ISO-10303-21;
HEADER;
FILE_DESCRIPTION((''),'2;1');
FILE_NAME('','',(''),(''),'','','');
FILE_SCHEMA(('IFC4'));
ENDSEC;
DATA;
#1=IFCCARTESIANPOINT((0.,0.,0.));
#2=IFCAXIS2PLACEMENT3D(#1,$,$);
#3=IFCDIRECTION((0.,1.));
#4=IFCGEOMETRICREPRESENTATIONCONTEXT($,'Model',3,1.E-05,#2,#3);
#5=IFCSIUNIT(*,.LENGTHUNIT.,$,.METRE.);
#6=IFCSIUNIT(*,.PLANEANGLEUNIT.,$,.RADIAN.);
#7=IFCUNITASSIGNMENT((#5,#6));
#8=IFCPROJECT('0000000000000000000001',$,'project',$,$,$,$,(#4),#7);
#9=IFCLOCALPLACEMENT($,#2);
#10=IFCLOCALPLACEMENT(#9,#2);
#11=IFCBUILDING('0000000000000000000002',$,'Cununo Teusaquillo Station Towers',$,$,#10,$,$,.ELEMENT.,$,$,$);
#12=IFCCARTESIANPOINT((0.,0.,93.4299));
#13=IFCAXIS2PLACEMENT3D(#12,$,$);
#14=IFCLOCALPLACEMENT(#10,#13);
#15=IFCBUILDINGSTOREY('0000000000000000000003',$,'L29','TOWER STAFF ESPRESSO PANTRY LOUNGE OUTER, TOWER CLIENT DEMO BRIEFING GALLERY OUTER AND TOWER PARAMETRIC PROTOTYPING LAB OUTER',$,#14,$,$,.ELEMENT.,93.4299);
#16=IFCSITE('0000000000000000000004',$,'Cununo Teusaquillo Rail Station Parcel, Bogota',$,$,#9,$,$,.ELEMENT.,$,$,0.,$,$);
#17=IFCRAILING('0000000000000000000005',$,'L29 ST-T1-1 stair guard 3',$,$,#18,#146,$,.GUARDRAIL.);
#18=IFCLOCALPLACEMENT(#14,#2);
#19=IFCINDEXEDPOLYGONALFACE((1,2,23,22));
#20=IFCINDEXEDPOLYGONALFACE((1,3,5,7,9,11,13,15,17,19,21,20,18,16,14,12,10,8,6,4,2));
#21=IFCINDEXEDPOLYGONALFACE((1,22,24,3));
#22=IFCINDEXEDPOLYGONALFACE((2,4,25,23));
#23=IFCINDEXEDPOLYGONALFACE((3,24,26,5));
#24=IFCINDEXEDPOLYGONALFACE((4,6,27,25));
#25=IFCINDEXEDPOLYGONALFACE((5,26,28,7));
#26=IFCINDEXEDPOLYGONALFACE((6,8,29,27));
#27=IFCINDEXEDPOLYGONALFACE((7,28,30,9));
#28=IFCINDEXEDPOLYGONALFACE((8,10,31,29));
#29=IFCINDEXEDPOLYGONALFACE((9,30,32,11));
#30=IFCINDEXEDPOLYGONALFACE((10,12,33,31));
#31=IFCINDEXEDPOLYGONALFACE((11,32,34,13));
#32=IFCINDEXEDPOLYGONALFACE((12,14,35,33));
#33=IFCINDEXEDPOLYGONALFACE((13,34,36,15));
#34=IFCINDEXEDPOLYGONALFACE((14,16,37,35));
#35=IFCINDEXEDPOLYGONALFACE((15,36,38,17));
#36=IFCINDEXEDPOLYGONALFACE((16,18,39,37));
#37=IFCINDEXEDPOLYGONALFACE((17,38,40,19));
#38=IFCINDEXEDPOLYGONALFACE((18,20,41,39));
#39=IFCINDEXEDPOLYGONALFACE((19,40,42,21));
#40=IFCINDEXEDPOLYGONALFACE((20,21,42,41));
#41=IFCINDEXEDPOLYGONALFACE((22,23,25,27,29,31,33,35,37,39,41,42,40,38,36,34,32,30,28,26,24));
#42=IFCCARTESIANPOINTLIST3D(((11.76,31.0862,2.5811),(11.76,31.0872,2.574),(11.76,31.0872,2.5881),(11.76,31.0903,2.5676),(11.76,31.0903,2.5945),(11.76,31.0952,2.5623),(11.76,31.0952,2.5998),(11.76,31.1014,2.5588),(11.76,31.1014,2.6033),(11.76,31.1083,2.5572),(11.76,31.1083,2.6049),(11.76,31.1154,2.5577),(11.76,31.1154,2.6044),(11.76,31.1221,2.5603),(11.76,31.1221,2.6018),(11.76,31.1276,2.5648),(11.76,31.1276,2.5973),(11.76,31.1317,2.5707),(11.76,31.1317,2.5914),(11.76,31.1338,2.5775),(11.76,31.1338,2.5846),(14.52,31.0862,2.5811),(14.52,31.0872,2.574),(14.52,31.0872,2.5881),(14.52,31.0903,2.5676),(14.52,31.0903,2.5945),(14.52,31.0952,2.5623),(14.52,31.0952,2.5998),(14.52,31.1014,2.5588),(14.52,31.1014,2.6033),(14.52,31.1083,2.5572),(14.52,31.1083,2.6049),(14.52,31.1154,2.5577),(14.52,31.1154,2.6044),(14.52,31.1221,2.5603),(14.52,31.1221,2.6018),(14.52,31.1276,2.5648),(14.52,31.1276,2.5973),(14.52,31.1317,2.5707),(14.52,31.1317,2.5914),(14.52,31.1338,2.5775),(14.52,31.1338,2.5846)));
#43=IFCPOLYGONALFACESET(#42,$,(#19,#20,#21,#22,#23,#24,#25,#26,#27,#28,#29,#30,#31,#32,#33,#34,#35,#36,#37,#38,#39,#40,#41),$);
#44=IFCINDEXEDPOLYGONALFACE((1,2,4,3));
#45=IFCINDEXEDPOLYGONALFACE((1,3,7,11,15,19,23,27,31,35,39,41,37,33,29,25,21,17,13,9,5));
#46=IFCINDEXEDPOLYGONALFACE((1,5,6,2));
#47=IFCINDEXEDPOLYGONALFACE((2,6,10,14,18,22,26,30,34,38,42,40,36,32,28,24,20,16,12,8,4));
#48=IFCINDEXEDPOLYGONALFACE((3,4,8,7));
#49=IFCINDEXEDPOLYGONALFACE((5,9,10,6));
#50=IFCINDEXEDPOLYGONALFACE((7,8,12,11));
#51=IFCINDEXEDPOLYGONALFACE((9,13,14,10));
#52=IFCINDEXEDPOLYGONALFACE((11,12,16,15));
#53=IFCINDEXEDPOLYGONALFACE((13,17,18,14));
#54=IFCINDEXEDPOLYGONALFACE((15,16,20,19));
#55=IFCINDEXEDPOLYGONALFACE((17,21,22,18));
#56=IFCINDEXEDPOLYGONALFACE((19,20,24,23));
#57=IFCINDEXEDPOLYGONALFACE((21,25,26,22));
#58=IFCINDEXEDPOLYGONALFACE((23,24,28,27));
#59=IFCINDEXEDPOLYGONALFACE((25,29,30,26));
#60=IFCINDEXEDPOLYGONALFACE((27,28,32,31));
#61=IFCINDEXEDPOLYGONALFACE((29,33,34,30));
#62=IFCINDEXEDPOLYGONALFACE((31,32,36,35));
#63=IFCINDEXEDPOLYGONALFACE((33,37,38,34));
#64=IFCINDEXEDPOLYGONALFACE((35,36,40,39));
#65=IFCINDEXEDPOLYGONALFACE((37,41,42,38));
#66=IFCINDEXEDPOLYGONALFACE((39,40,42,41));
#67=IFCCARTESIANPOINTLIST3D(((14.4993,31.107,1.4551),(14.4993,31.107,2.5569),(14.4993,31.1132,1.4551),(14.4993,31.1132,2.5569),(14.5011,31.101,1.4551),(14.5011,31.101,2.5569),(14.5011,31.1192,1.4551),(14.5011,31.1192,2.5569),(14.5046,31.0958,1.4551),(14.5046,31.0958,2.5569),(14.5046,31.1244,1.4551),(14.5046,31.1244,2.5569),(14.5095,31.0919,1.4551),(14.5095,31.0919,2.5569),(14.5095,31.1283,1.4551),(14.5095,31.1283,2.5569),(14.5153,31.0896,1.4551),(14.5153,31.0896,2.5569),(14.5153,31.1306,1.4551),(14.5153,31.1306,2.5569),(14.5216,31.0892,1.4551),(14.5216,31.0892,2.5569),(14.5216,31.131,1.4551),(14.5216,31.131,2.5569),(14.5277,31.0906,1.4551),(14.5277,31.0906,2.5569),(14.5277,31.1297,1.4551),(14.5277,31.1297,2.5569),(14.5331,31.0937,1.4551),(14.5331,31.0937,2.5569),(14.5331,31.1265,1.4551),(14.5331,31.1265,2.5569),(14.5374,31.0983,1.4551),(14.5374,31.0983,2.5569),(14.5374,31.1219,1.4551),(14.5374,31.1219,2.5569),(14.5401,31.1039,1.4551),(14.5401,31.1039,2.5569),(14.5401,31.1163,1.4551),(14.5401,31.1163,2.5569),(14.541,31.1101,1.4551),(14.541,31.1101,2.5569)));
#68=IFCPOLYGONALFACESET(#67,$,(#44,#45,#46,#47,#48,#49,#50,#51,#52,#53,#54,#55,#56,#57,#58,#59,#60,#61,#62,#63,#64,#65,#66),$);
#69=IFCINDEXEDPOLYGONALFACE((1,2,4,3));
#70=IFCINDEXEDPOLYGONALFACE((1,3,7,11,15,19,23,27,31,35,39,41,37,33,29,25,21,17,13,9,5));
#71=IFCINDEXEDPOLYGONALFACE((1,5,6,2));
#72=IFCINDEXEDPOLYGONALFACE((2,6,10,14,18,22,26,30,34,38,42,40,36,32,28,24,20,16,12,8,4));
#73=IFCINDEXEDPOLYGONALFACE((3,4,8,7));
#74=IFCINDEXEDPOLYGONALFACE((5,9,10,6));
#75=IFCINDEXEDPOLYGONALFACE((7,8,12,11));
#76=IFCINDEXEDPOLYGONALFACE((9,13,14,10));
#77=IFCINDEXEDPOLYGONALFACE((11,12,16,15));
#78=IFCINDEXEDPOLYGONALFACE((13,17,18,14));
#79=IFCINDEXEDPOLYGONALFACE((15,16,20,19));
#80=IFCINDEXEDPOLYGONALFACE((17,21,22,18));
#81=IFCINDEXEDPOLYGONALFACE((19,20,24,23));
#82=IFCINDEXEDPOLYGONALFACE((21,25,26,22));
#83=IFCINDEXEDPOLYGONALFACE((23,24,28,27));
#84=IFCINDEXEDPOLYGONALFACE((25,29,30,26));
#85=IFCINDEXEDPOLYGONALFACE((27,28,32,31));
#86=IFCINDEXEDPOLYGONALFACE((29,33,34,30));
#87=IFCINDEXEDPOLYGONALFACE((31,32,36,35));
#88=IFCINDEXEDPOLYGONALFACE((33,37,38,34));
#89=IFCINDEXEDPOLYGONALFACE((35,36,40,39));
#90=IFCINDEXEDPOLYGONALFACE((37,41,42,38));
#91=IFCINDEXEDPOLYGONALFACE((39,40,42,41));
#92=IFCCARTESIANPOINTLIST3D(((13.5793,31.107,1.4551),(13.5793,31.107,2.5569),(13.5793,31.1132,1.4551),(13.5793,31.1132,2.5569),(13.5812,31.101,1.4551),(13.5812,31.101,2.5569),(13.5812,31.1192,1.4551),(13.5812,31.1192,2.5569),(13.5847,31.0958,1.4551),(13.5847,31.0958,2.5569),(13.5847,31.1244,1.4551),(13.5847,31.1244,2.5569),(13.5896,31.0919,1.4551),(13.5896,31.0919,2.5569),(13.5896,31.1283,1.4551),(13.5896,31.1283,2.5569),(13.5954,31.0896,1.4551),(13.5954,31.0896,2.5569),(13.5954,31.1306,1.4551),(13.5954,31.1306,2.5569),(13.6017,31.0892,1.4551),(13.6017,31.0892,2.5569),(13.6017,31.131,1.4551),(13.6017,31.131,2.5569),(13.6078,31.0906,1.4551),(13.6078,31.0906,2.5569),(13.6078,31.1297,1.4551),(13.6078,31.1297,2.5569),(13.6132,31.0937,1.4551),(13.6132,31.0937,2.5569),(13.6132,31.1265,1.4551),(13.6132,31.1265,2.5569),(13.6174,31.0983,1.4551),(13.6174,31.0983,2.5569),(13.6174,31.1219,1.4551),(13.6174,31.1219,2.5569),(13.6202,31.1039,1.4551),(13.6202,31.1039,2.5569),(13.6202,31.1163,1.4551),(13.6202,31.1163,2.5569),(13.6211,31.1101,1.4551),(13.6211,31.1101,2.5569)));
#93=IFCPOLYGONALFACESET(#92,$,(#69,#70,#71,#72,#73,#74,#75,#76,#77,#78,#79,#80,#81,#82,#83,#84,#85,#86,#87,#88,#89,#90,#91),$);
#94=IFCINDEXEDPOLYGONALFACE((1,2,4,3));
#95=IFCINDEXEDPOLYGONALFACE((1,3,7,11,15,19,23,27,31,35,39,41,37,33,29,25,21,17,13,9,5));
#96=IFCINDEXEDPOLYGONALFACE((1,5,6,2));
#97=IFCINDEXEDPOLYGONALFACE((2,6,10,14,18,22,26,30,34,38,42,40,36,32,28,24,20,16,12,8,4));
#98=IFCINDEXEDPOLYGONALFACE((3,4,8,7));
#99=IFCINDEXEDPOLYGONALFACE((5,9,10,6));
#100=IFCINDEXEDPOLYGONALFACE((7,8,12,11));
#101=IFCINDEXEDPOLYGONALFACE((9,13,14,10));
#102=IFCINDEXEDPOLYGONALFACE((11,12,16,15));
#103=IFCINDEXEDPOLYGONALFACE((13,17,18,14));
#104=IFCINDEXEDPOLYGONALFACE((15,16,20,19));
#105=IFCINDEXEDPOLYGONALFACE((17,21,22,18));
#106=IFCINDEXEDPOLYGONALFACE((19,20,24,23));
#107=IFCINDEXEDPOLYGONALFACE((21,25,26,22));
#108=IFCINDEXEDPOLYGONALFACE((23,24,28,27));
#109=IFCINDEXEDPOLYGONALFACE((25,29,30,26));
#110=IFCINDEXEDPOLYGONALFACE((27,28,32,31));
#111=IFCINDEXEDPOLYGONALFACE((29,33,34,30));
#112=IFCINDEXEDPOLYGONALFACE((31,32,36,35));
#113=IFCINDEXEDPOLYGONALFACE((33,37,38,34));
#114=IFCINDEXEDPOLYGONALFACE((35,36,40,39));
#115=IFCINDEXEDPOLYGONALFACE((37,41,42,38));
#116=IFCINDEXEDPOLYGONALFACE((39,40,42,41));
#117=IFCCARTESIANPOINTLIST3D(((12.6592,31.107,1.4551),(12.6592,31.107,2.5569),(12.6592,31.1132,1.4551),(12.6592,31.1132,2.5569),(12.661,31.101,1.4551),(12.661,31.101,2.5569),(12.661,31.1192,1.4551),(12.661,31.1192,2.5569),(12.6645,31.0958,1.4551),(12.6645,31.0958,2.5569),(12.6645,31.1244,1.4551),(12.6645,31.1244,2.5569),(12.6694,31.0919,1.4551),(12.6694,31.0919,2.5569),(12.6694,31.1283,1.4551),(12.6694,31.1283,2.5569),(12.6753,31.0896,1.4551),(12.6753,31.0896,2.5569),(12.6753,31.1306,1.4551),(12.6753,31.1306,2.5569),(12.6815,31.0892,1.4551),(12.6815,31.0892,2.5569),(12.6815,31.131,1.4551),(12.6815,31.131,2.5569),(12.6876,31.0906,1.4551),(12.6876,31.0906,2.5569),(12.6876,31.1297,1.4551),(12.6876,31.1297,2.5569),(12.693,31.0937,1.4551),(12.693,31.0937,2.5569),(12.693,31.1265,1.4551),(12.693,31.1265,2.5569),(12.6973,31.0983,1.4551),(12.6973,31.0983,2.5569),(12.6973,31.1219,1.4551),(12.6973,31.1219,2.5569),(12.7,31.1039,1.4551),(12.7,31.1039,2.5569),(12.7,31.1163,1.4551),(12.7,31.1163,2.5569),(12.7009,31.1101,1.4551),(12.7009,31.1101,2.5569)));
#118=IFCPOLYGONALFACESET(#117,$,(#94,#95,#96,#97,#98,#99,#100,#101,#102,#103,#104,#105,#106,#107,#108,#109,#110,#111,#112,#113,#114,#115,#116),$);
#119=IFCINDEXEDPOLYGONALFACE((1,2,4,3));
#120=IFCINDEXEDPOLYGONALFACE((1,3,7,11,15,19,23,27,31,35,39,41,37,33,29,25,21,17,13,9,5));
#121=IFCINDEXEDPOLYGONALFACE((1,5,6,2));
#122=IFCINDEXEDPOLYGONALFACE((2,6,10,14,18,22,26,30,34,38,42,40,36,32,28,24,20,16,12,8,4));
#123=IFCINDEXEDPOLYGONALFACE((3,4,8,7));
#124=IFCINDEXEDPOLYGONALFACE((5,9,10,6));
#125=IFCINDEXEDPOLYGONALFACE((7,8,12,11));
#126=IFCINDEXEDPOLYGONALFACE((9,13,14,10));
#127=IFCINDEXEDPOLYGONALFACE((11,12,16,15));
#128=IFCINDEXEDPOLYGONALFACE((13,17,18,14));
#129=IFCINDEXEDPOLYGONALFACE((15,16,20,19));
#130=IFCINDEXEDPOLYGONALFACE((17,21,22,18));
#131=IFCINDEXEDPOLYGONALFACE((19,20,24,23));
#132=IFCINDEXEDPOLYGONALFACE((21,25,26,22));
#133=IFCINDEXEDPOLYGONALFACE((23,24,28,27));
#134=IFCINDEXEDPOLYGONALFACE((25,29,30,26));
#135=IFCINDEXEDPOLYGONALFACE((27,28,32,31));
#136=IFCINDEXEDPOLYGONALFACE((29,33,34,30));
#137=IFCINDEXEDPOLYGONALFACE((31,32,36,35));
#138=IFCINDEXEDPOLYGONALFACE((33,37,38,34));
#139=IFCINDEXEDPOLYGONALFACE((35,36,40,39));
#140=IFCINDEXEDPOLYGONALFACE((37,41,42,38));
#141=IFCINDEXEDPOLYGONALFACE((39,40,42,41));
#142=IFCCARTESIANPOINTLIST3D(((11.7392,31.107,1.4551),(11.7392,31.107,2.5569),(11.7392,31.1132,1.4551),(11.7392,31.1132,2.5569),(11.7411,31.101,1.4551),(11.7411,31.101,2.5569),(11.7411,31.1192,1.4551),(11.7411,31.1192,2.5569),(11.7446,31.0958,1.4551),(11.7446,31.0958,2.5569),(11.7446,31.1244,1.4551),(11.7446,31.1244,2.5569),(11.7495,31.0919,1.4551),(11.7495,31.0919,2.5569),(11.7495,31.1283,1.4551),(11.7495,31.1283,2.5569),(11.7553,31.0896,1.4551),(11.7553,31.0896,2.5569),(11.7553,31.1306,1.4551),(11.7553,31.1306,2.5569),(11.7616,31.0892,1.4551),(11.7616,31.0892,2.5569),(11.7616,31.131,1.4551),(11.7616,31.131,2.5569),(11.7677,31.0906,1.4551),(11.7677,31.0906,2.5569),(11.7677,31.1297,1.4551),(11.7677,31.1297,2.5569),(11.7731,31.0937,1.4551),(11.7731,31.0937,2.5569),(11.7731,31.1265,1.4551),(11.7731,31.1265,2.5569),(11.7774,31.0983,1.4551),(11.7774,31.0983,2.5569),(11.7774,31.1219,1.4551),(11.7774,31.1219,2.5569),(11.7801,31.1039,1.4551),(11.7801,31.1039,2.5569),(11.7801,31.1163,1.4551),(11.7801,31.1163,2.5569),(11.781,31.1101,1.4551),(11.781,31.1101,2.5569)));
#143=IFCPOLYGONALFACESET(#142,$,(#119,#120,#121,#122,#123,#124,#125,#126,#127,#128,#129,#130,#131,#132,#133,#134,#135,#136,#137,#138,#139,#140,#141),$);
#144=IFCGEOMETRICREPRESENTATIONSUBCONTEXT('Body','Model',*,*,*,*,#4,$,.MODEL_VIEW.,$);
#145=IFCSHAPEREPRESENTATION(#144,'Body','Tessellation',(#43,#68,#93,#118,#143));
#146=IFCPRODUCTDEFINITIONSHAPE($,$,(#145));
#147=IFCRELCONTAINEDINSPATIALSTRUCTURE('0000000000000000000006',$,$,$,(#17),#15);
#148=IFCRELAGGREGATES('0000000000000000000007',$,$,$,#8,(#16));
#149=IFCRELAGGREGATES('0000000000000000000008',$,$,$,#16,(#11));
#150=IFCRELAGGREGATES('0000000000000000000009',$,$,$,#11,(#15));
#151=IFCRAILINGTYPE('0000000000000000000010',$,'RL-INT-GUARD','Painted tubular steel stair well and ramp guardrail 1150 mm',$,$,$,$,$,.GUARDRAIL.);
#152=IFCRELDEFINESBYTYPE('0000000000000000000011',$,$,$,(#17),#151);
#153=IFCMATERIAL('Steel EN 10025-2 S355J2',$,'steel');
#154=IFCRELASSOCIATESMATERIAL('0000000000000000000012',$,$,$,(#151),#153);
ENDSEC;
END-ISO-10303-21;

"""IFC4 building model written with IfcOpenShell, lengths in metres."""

from ifc_helpers import new_model, si_unit, direction, frame, origin, origin_2d, place, context, subcontext, project, spatial, circle, extrude, material, type_object, element, save


model = new_model("IFC4")

# Units and contexts
model_context = context("Model", 3, precision=1e-05, world=origin(), true_north=direction((0.0, 1.0)))
body_context = subcontext(model_context, "Body", "Model", "MODEL_VIEW")
ifc_project = project(units=[si_unit("LENGTHUNIT", "METRE"), si_unit("PLANEANGLEUNIT", "RADIAN")], contexts=[model_context])

# Site, building, storey
site_placement = place(None, origin())
site = spatial("IfcSite", under=ifc_project, at=site_placement, Name="Cununo Teusaquillo Rail Station Parcel, Bogota", CompositionType="ELEMENT", RefElevation=0.0)
building_placement = place(site_placement, origin())
building = spatial("IfcBuilding", under=site, at=building_placement, Name="Cununo Teusaquillo Station Towers", CompositionType="ELEMENT")
storey_placement = place(building_placement, frame((0.0, 0.0, 93.4299)))
storey = spatial("IfcBuildingStorey", under=building, at=storey_placement, Name="L29", Description="TOWER STAFF ESPRESSO PANTRY LOUNGE OUTER, TOWER CLIENT DEMO BRIEFING GALLERY OUTER AND TOWER PARAMETRIC PROTOTYPING LAB OUTER", CompositionType="ELEMENT", Elevation=93.4299)

# Railing
ifc_material_1 = material(Name="Steel EN 10025-2 S355J2", Category="steel")
railing_type_1 = type_object("IfcRailingType", Name="RL-INT-GUARD", Description="Painted tubular steel stair well and ramp guardrail 1150 mm", PredefinedType="GUARDRAIL", material=ifc_material_1)
railing_1_placement = place(storey_placement, frame((14.52, 31.1101, 1.4551)))
element("IfcRailing", 1, at=railing_1_placement, inside=storey, type_object=railing_type_1, Name="L29 ST-T1-1 stair guard 3", PredefinedType="GUARDRAIL", context=body_context, shape_type="SweptSolid", body=[
    extrude(circle(Radius=0.0239, at=origin_2d()), frame((0.0, 0.0, 1.126), z_axis=(-1.0, 0.0, 0.0), x_axis=(0.0, -1.0, 0.0)), (0.0, 0.0, 1.0), 2.76),
    extrude(circle(Radius=0.021, at=origin_2d()), origin(), (0.0, 0.0, 1.0), 1.1018),
    extrude(circle(Radius=0.021, at=origin_2d()), frame((-0.9199, 0.0, 0.0)), (0.0, 0.0, 1.0), 1.1018),
    extrude(circle(Radius=0.021, at=origin_2d()), frame((-1.8401, 0.0, 0.0)), (0.0, 0.0, 1.0), 1.1018),
    extrude(circle(Radius=0.021, at=origin_2d()), frame((-2.76, 0.0, 0.0)), (0.0, 0.0, 1.0), 1.1018),
])

save(model, "model.ifc")
